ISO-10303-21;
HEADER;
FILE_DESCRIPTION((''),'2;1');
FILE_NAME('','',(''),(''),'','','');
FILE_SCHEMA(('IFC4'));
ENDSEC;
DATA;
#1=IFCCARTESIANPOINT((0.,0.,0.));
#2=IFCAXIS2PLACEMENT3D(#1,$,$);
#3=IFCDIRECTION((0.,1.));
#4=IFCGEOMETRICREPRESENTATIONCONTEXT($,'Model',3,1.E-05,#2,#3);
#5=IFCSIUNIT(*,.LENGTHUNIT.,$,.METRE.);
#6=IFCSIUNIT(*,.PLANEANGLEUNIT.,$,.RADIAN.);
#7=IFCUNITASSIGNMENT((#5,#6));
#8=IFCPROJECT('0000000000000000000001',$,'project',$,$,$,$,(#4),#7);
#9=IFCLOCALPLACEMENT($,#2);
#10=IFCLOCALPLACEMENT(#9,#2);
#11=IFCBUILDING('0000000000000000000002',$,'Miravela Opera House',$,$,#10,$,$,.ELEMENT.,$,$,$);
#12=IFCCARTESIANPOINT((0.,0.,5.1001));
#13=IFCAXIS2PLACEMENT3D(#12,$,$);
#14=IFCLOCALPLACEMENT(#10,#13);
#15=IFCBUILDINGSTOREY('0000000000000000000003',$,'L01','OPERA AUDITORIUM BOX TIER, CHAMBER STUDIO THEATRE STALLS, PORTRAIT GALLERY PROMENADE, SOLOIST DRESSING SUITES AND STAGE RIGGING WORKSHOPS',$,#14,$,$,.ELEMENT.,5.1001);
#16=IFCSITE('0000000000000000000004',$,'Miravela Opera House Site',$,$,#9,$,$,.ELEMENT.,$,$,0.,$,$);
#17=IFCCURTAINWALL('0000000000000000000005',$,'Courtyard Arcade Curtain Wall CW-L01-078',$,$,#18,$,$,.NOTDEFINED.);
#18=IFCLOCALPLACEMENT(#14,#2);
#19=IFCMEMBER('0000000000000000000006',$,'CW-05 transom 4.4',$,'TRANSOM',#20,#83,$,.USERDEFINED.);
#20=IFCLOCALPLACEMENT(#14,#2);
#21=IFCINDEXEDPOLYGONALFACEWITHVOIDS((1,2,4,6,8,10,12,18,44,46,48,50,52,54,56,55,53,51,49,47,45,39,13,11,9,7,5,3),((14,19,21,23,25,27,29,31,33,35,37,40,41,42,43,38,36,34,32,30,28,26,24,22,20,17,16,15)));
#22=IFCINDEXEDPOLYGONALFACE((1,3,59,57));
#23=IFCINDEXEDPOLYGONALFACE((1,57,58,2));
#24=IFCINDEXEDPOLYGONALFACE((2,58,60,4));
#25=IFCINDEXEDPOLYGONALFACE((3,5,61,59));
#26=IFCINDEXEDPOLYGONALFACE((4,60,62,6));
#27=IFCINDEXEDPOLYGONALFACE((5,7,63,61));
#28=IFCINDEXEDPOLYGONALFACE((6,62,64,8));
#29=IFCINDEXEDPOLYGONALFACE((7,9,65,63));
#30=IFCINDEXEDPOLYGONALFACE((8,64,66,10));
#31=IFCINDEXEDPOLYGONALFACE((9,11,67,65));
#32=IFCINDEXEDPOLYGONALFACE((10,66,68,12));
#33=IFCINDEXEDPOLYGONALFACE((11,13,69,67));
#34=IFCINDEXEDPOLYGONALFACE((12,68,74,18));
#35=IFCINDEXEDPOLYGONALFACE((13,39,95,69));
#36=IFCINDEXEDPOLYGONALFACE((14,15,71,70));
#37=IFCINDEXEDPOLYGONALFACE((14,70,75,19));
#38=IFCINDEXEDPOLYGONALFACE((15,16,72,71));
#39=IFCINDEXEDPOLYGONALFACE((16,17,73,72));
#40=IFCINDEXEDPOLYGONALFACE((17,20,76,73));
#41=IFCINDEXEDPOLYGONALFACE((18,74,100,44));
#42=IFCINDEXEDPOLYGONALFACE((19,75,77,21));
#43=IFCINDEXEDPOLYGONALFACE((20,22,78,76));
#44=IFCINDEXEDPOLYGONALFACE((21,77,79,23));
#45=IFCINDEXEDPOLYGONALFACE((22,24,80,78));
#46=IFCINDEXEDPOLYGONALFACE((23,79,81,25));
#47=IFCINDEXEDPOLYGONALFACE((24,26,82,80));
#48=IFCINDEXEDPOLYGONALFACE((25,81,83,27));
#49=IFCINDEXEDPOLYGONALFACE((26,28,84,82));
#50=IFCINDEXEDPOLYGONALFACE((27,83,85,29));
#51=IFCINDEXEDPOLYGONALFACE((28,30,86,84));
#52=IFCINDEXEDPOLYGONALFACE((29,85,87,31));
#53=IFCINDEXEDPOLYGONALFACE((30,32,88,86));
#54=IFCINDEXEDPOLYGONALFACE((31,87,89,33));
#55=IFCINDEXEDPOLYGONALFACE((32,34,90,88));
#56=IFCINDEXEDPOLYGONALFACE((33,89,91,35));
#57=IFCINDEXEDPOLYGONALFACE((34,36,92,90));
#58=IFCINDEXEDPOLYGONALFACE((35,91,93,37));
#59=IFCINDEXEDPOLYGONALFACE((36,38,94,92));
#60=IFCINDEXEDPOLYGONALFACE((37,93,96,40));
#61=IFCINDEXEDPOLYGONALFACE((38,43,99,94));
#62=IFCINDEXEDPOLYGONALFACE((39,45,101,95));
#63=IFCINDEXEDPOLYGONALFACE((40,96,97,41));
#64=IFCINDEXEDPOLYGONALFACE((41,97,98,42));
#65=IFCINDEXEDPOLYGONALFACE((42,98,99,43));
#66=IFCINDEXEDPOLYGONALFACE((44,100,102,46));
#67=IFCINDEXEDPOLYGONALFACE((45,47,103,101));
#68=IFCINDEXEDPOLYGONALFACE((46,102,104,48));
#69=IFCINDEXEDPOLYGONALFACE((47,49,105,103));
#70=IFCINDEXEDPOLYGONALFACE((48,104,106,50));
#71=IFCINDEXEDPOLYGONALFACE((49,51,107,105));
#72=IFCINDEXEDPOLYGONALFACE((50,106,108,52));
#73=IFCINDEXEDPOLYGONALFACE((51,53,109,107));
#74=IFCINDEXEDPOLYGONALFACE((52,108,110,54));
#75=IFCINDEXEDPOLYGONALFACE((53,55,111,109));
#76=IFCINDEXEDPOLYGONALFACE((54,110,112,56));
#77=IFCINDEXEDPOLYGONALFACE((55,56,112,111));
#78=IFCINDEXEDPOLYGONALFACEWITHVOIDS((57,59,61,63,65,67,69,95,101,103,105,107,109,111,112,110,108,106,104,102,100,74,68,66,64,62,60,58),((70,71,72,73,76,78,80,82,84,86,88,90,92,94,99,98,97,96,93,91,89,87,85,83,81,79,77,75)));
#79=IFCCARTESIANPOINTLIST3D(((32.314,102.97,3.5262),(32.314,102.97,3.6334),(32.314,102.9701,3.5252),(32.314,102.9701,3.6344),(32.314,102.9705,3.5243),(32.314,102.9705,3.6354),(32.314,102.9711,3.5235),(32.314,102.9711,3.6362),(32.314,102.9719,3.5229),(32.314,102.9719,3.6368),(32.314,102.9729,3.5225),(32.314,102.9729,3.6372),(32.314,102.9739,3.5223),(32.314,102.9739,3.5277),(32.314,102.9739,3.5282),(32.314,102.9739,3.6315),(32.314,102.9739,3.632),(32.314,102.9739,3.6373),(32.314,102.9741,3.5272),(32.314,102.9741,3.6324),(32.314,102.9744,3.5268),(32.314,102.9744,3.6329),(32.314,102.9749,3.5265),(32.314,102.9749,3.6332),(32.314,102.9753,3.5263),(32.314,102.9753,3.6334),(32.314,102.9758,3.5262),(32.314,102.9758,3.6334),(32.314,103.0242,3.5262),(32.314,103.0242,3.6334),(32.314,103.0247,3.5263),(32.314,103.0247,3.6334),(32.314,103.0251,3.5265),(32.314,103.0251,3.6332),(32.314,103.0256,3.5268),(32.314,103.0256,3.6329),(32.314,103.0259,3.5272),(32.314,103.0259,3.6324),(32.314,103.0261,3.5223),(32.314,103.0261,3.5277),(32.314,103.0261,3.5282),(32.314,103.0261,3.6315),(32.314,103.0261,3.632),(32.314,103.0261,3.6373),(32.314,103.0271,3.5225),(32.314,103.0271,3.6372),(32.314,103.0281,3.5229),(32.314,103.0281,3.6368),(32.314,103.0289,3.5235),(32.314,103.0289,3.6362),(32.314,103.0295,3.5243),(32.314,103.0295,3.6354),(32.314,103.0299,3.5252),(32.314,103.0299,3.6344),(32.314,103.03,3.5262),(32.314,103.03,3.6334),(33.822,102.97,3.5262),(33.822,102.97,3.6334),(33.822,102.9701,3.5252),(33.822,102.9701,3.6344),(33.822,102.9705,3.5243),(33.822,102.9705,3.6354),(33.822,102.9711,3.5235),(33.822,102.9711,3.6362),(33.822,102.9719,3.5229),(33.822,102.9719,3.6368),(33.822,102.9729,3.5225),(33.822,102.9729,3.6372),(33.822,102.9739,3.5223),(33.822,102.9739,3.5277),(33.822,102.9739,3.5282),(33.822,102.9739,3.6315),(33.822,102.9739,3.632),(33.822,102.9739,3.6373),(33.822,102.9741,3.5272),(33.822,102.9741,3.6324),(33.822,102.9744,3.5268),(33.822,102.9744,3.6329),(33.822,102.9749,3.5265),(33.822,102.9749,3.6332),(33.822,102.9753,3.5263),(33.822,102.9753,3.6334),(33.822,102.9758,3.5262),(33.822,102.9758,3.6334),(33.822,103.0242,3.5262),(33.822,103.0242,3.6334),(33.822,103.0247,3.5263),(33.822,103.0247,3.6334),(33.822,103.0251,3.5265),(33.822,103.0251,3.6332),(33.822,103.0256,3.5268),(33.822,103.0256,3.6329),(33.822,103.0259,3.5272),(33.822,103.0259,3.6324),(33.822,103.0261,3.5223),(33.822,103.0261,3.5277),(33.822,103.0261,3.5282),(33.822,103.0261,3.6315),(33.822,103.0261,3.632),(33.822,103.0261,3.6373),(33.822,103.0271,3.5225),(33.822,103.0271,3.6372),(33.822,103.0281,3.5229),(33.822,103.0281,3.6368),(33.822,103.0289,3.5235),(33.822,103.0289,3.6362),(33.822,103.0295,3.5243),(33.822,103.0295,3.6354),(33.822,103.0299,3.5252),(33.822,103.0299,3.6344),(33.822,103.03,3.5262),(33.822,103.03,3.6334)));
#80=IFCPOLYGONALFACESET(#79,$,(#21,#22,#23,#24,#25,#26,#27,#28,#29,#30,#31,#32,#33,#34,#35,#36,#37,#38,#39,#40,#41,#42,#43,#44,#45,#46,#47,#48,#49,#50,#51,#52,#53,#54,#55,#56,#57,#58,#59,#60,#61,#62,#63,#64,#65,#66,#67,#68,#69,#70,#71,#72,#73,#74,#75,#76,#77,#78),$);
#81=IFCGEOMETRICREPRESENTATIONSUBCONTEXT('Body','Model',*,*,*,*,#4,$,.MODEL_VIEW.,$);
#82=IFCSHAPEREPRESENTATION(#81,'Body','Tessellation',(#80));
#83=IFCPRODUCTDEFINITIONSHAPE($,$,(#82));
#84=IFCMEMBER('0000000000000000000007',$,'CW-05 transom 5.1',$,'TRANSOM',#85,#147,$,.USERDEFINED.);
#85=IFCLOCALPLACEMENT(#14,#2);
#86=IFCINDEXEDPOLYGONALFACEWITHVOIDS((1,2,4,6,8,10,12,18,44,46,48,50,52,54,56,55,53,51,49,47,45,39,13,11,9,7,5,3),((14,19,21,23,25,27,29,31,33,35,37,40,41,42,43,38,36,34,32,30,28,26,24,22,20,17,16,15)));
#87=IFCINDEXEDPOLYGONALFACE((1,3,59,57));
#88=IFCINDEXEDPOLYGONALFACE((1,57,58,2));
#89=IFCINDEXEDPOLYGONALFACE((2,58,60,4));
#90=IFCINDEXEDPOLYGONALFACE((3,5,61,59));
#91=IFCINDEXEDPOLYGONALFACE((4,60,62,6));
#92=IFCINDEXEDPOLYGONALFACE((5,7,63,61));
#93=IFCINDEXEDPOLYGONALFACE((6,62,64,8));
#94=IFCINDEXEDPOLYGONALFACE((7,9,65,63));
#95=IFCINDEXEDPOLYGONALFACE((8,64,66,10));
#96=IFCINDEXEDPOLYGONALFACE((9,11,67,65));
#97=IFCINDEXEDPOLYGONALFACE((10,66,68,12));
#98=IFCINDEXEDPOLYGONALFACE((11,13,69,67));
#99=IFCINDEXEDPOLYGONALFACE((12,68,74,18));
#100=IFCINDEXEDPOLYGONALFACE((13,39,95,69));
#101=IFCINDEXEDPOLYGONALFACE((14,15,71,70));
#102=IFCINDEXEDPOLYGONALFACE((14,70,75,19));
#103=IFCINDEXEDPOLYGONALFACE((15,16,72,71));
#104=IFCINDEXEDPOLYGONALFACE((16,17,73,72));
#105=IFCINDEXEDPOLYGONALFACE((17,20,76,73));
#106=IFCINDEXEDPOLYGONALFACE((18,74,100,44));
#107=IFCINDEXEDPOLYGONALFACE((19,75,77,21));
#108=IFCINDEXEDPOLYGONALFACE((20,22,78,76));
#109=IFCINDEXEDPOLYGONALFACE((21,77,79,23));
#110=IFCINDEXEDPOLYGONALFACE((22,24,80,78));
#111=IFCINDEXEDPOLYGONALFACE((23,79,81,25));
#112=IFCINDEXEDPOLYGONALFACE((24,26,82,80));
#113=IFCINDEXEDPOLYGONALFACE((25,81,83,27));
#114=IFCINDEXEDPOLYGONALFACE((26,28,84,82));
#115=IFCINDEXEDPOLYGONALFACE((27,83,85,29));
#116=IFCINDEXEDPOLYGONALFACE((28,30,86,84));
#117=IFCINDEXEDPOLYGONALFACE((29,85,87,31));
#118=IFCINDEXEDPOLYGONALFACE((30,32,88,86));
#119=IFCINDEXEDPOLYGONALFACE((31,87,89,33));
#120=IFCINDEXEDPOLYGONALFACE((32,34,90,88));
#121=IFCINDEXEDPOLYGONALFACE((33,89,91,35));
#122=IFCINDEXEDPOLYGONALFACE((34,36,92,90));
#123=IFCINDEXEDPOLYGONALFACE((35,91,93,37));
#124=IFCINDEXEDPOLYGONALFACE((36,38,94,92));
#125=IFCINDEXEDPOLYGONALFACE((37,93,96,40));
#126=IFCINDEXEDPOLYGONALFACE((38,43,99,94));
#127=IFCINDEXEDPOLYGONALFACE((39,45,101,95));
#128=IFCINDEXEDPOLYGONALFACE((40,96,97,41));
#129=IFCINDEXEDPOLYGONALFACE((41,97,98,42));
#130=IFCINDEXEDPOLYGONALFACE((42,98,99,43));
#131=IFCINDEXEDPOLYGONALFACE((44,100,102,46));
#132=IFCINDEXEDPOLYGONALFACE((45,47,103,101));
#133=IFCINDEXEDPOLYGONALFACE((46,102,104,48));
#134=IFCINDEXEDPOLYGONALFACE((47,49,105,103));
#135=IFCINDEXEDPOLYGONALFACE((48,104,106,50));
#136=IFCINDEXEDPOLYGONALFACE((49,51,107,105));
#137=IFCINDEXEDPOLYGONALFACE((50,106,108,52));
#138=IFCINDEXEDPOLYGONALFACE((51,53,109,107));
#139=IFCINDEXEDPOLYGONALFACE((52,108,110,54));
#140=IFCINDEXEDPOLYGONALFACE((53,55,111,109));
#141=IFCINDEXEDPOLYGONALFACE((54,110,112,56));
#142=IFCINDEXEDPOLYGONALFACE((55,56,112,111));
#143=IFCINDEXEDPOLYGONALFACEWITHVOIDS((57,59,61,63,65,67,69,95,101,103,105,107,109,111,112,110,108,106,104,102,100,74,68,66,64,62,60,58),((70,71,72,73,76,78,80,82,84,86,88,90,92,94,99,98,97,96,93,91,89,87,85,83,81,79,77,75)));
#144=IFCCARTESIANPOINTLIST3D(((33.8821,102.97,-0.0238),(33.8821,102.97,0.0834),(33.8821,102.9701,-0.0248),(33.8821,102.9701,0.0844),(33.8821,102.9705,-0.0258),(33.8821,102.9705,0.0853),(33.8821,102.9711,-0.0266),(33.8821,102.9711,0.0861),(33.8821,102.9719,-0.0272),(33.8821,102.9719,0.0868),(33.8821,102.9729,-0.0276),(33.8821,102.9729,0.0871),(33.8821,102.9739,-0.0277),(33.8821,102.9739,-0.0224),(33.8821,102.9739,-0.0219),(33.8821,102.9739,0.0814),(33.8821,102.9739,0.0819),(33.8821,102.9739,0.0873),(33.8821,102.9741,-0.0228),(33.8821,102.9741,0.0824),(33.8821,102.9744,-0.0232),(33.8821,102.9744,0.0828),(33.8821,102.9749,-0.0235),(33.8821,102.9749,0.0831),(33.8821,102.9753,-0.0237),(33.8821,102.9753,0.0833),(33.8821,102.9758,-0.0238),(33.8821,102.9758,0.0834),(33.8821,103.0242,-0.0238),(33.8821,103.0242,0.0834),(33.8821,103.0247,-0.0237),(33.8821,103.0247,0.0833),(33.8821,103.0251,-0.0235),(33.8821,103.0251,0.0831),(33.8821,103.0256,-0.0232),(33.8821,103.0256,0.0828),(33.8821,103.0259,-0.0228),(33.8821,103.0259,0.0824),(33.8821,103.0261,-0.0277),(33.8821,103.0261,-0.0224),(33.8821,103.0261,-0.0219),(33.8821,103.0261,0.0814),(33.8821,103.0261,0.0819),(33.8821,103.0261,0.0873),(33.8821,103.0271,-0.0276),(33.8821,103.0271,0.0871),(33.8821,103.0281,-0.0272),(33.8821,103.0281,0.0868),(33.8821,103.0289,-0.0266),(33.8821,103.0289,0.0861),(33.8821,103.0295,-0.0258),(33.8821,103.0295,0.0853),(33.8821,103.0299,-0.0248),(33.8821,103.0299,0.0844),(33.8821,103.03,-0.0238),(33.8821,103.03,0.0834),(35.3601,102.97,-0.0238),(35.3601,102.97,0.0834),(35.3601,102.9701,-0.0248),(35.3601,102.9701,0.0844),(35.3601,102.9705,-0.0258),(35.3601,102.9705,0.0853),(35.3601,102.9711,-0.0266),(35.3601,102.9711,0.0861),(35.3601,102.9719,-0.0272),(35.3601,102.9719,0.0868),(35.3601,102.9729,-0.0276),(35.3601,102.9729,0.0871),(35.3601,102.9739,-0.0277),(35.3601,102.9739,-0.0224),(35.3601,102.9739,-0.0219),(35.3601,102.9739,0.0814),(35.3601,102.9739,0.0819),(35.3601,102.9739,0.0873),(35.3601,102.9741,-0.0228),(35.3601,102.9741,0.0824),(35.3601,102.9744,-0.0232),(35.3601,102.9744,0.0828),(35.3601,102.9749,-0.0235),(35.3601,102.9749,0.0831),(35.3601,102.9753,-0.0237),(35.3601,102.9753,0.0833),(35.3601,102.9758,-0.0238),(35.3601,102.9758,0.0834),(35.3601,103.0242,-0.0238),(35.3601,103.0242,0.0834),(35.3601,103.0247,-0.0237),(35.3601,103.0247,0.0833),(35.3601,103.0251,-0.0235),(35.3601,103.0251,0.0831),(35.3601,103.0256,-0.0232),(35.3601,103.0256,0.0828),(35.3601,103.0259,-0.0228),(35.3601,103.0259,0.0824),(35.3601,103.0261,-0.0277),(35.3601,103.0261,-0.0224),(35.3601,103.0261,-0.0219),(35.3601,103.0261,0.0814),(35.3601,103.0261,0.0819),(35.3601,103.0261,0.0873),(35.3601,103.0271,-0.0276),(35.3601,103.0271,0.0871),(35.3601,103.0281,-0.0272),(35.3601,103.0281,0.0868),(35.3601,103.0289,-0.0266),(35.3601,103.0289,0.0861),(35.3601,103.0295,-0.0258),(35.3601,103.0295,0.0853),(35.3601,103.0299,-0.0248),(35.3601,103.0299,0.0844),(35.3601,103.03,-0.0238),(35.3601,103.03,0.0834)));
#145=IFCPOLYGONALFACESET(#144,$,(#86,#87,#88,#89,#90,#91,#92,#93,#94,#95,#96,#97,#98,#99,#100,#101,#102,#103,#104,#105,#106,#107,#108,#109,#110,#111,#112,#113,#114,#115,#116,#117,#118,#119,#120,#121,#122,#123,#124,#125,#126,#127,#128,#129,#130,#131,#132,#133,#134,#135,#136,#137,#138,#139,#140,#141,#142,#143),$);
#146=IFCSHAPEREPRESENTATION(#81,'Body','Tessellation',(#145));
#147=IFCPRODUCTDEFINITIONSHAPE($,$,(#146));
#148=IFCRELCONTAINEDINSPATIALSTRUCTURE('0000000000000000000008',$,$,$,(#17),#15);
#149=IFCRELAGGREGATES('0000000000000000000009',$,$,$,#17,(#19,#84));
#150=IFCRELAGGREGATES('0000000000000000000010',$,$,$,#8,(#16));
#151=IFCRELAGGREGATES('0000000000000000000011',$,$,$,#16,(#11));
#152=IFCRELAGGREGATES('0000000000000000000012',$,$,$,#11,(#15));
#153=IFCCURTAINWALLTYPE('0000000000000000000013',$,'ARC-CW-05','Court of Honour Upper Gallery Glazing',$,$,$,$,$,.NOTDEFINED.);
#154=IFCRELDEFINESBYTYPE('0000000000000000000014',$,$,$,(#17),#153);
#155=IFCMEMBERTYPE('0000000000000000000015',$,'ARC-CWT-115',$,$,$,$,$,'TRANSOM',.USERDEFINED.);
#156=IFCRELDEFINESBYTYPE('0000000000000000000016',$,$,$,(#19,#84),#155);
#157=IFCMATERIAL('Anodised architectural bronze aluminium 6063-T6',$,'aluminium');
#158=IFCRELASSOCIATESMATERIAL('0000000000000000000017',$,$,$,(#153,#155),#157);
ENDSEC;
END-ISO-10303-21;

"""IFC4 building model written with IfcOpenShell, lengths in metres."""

from ifc_helpers import new_model, si_unit, direction, frame, origin, origin_2d, place, context, subcontext, project, spatial, hollow_rectangle, extrude, material, material_profile, profile_set, type_object, element, aggregate, save


model = new_model("IFC4")

# Units and contexts
model_context = context("Model", 3, precision=1e-05, world=origin(), true_north=direction((0.0, 1.0)))
body_context = subcontext(model_context, "Body", "Model", "MODEL_VIEW")
ifc_project = project(units=[si_unit("LENGTHUNIT", "METRE"), si_unit("PLANEANGLEUNIT", "RADIAN")], contexts=[model_context])

# Site, building, storey
site_placement = place(None, origin())
site = spatial("IfcSite", under=ifc_project, at=site_placement, Name="Miravela Opera House Site", CompositionType="ELEMENT", RefElevation=0.0)
building_placement = place(site_placement, origin())
building = spatial("IfcBuilding", under=site, at=building_placement, Name="Miravela Opera House", CompositionType="ELEMENT")
storey_placement = place(building_placement, frame((0.0, 0.0, 5.1001)))
storey = spatial("IfcBuildingStorey", under=building, at=storey_placement, Name="L01", Description="OPERA AUDITORIUM BOX TIER, CHAMBER STUDIO THEATRE STALLS, PORTRAIT GALLERY PROMENADE, SOLOIST DRESSING SUITES AND STAGE RIGGING WORKSHOPS", CompositionType="ELEMENT", Elevation=5.1001)

# Curtain wall
ifc_material_1 = material(Name="Anodised architectural bronze aluminium 6063-T6", Category="aluminium")
curtain_wall_type = type_object("IfcCurtainWallType", Name="ARC-CW-05", Description="Court of Honour Upper Gallery Glazing", PredefinedType="NOTDEFINED", material=ifc_material_1)
curtain_wall_1_placement = place(storey_placement, origin())
curtain_wall_1 = element("IfcCurtainWall", 1, at=curtain_wall_1_placement, inside=storey, type_object=curtain_wall_type, Name="Courtyard Arcade Curtain Wall CW-L01-078", PredefinedType="NOTDEFINED")

# Members
ifc_material_profile_1 = material_profile(ifc_material_1, hollow_rectangle(XDim=0.0601, YDim=0.115, WallThickness=0.0039, InnerFilletRadius=0.002, OuterFilletRadius=0.0039, at=origin_2d()), Name="CWT-60X115")
ifc_profile_set_1 = profile_set([ifc_material_profile_1])
member_type_1 = type_object("IfcMemberType", Name="ARC-CWT-115", ElementType="TRANSOM", PredefinedType="USERDEFINED", material=ifc_profile_set_1)
member_1_placement = place(storey_placement, frame((32.314, 103.0, 3.5798), z_axis=(1.0, 0.0, 0.0), x_axis=(0.0, 1.0, 0.0)))
member_1 = element("IfcMember", 2, at=member_1_placement, type_object=member_type_1, Name="CW-05 transom 4.4", ObjectType="TRANSOM", PredefinedType="USERDEFINED", context=body_context, shape_type="SweptSolid", body=[
    extrude(hollow_rectangle(XDim=0.0601, YDim=0.115, WallThickness=0.0039, InnerFilletRadius=0.002, OuterFilletRadius=0.0039, at=origin_2d()), origin(), (0.0, 0.0, 1.0), 1.5081),
])
member_2_placement = place(storey_placement, frame((33.8821, 103.0, 0.0298), z_axis=(1.0, 0.0, 0.0), x_axis=(0.0, 1.0, 0.0)))
member_2 = element("IfcMember", 3, at=member_2_placement, type_object=member_type_1, Name="CW-05 transom 5.1", ObjectType="TRANSOM", PredefinedType="USERDEFINED", context=body_context, shape_type="SweptSolid", body=[
    extrude(hollow_rectangle(XDim=0.0601, YDim=0.115, WallThickness=0.0039, InnerFilletRadius=0.002, OuterFilletRadius=0.0039, at=origin_2d()), origin(), (0.0, 0.0, 1.0), 1.478),
])

aggregate(curtain_wall_1, [member_1, member_2])

save(model, "model.ifc")
